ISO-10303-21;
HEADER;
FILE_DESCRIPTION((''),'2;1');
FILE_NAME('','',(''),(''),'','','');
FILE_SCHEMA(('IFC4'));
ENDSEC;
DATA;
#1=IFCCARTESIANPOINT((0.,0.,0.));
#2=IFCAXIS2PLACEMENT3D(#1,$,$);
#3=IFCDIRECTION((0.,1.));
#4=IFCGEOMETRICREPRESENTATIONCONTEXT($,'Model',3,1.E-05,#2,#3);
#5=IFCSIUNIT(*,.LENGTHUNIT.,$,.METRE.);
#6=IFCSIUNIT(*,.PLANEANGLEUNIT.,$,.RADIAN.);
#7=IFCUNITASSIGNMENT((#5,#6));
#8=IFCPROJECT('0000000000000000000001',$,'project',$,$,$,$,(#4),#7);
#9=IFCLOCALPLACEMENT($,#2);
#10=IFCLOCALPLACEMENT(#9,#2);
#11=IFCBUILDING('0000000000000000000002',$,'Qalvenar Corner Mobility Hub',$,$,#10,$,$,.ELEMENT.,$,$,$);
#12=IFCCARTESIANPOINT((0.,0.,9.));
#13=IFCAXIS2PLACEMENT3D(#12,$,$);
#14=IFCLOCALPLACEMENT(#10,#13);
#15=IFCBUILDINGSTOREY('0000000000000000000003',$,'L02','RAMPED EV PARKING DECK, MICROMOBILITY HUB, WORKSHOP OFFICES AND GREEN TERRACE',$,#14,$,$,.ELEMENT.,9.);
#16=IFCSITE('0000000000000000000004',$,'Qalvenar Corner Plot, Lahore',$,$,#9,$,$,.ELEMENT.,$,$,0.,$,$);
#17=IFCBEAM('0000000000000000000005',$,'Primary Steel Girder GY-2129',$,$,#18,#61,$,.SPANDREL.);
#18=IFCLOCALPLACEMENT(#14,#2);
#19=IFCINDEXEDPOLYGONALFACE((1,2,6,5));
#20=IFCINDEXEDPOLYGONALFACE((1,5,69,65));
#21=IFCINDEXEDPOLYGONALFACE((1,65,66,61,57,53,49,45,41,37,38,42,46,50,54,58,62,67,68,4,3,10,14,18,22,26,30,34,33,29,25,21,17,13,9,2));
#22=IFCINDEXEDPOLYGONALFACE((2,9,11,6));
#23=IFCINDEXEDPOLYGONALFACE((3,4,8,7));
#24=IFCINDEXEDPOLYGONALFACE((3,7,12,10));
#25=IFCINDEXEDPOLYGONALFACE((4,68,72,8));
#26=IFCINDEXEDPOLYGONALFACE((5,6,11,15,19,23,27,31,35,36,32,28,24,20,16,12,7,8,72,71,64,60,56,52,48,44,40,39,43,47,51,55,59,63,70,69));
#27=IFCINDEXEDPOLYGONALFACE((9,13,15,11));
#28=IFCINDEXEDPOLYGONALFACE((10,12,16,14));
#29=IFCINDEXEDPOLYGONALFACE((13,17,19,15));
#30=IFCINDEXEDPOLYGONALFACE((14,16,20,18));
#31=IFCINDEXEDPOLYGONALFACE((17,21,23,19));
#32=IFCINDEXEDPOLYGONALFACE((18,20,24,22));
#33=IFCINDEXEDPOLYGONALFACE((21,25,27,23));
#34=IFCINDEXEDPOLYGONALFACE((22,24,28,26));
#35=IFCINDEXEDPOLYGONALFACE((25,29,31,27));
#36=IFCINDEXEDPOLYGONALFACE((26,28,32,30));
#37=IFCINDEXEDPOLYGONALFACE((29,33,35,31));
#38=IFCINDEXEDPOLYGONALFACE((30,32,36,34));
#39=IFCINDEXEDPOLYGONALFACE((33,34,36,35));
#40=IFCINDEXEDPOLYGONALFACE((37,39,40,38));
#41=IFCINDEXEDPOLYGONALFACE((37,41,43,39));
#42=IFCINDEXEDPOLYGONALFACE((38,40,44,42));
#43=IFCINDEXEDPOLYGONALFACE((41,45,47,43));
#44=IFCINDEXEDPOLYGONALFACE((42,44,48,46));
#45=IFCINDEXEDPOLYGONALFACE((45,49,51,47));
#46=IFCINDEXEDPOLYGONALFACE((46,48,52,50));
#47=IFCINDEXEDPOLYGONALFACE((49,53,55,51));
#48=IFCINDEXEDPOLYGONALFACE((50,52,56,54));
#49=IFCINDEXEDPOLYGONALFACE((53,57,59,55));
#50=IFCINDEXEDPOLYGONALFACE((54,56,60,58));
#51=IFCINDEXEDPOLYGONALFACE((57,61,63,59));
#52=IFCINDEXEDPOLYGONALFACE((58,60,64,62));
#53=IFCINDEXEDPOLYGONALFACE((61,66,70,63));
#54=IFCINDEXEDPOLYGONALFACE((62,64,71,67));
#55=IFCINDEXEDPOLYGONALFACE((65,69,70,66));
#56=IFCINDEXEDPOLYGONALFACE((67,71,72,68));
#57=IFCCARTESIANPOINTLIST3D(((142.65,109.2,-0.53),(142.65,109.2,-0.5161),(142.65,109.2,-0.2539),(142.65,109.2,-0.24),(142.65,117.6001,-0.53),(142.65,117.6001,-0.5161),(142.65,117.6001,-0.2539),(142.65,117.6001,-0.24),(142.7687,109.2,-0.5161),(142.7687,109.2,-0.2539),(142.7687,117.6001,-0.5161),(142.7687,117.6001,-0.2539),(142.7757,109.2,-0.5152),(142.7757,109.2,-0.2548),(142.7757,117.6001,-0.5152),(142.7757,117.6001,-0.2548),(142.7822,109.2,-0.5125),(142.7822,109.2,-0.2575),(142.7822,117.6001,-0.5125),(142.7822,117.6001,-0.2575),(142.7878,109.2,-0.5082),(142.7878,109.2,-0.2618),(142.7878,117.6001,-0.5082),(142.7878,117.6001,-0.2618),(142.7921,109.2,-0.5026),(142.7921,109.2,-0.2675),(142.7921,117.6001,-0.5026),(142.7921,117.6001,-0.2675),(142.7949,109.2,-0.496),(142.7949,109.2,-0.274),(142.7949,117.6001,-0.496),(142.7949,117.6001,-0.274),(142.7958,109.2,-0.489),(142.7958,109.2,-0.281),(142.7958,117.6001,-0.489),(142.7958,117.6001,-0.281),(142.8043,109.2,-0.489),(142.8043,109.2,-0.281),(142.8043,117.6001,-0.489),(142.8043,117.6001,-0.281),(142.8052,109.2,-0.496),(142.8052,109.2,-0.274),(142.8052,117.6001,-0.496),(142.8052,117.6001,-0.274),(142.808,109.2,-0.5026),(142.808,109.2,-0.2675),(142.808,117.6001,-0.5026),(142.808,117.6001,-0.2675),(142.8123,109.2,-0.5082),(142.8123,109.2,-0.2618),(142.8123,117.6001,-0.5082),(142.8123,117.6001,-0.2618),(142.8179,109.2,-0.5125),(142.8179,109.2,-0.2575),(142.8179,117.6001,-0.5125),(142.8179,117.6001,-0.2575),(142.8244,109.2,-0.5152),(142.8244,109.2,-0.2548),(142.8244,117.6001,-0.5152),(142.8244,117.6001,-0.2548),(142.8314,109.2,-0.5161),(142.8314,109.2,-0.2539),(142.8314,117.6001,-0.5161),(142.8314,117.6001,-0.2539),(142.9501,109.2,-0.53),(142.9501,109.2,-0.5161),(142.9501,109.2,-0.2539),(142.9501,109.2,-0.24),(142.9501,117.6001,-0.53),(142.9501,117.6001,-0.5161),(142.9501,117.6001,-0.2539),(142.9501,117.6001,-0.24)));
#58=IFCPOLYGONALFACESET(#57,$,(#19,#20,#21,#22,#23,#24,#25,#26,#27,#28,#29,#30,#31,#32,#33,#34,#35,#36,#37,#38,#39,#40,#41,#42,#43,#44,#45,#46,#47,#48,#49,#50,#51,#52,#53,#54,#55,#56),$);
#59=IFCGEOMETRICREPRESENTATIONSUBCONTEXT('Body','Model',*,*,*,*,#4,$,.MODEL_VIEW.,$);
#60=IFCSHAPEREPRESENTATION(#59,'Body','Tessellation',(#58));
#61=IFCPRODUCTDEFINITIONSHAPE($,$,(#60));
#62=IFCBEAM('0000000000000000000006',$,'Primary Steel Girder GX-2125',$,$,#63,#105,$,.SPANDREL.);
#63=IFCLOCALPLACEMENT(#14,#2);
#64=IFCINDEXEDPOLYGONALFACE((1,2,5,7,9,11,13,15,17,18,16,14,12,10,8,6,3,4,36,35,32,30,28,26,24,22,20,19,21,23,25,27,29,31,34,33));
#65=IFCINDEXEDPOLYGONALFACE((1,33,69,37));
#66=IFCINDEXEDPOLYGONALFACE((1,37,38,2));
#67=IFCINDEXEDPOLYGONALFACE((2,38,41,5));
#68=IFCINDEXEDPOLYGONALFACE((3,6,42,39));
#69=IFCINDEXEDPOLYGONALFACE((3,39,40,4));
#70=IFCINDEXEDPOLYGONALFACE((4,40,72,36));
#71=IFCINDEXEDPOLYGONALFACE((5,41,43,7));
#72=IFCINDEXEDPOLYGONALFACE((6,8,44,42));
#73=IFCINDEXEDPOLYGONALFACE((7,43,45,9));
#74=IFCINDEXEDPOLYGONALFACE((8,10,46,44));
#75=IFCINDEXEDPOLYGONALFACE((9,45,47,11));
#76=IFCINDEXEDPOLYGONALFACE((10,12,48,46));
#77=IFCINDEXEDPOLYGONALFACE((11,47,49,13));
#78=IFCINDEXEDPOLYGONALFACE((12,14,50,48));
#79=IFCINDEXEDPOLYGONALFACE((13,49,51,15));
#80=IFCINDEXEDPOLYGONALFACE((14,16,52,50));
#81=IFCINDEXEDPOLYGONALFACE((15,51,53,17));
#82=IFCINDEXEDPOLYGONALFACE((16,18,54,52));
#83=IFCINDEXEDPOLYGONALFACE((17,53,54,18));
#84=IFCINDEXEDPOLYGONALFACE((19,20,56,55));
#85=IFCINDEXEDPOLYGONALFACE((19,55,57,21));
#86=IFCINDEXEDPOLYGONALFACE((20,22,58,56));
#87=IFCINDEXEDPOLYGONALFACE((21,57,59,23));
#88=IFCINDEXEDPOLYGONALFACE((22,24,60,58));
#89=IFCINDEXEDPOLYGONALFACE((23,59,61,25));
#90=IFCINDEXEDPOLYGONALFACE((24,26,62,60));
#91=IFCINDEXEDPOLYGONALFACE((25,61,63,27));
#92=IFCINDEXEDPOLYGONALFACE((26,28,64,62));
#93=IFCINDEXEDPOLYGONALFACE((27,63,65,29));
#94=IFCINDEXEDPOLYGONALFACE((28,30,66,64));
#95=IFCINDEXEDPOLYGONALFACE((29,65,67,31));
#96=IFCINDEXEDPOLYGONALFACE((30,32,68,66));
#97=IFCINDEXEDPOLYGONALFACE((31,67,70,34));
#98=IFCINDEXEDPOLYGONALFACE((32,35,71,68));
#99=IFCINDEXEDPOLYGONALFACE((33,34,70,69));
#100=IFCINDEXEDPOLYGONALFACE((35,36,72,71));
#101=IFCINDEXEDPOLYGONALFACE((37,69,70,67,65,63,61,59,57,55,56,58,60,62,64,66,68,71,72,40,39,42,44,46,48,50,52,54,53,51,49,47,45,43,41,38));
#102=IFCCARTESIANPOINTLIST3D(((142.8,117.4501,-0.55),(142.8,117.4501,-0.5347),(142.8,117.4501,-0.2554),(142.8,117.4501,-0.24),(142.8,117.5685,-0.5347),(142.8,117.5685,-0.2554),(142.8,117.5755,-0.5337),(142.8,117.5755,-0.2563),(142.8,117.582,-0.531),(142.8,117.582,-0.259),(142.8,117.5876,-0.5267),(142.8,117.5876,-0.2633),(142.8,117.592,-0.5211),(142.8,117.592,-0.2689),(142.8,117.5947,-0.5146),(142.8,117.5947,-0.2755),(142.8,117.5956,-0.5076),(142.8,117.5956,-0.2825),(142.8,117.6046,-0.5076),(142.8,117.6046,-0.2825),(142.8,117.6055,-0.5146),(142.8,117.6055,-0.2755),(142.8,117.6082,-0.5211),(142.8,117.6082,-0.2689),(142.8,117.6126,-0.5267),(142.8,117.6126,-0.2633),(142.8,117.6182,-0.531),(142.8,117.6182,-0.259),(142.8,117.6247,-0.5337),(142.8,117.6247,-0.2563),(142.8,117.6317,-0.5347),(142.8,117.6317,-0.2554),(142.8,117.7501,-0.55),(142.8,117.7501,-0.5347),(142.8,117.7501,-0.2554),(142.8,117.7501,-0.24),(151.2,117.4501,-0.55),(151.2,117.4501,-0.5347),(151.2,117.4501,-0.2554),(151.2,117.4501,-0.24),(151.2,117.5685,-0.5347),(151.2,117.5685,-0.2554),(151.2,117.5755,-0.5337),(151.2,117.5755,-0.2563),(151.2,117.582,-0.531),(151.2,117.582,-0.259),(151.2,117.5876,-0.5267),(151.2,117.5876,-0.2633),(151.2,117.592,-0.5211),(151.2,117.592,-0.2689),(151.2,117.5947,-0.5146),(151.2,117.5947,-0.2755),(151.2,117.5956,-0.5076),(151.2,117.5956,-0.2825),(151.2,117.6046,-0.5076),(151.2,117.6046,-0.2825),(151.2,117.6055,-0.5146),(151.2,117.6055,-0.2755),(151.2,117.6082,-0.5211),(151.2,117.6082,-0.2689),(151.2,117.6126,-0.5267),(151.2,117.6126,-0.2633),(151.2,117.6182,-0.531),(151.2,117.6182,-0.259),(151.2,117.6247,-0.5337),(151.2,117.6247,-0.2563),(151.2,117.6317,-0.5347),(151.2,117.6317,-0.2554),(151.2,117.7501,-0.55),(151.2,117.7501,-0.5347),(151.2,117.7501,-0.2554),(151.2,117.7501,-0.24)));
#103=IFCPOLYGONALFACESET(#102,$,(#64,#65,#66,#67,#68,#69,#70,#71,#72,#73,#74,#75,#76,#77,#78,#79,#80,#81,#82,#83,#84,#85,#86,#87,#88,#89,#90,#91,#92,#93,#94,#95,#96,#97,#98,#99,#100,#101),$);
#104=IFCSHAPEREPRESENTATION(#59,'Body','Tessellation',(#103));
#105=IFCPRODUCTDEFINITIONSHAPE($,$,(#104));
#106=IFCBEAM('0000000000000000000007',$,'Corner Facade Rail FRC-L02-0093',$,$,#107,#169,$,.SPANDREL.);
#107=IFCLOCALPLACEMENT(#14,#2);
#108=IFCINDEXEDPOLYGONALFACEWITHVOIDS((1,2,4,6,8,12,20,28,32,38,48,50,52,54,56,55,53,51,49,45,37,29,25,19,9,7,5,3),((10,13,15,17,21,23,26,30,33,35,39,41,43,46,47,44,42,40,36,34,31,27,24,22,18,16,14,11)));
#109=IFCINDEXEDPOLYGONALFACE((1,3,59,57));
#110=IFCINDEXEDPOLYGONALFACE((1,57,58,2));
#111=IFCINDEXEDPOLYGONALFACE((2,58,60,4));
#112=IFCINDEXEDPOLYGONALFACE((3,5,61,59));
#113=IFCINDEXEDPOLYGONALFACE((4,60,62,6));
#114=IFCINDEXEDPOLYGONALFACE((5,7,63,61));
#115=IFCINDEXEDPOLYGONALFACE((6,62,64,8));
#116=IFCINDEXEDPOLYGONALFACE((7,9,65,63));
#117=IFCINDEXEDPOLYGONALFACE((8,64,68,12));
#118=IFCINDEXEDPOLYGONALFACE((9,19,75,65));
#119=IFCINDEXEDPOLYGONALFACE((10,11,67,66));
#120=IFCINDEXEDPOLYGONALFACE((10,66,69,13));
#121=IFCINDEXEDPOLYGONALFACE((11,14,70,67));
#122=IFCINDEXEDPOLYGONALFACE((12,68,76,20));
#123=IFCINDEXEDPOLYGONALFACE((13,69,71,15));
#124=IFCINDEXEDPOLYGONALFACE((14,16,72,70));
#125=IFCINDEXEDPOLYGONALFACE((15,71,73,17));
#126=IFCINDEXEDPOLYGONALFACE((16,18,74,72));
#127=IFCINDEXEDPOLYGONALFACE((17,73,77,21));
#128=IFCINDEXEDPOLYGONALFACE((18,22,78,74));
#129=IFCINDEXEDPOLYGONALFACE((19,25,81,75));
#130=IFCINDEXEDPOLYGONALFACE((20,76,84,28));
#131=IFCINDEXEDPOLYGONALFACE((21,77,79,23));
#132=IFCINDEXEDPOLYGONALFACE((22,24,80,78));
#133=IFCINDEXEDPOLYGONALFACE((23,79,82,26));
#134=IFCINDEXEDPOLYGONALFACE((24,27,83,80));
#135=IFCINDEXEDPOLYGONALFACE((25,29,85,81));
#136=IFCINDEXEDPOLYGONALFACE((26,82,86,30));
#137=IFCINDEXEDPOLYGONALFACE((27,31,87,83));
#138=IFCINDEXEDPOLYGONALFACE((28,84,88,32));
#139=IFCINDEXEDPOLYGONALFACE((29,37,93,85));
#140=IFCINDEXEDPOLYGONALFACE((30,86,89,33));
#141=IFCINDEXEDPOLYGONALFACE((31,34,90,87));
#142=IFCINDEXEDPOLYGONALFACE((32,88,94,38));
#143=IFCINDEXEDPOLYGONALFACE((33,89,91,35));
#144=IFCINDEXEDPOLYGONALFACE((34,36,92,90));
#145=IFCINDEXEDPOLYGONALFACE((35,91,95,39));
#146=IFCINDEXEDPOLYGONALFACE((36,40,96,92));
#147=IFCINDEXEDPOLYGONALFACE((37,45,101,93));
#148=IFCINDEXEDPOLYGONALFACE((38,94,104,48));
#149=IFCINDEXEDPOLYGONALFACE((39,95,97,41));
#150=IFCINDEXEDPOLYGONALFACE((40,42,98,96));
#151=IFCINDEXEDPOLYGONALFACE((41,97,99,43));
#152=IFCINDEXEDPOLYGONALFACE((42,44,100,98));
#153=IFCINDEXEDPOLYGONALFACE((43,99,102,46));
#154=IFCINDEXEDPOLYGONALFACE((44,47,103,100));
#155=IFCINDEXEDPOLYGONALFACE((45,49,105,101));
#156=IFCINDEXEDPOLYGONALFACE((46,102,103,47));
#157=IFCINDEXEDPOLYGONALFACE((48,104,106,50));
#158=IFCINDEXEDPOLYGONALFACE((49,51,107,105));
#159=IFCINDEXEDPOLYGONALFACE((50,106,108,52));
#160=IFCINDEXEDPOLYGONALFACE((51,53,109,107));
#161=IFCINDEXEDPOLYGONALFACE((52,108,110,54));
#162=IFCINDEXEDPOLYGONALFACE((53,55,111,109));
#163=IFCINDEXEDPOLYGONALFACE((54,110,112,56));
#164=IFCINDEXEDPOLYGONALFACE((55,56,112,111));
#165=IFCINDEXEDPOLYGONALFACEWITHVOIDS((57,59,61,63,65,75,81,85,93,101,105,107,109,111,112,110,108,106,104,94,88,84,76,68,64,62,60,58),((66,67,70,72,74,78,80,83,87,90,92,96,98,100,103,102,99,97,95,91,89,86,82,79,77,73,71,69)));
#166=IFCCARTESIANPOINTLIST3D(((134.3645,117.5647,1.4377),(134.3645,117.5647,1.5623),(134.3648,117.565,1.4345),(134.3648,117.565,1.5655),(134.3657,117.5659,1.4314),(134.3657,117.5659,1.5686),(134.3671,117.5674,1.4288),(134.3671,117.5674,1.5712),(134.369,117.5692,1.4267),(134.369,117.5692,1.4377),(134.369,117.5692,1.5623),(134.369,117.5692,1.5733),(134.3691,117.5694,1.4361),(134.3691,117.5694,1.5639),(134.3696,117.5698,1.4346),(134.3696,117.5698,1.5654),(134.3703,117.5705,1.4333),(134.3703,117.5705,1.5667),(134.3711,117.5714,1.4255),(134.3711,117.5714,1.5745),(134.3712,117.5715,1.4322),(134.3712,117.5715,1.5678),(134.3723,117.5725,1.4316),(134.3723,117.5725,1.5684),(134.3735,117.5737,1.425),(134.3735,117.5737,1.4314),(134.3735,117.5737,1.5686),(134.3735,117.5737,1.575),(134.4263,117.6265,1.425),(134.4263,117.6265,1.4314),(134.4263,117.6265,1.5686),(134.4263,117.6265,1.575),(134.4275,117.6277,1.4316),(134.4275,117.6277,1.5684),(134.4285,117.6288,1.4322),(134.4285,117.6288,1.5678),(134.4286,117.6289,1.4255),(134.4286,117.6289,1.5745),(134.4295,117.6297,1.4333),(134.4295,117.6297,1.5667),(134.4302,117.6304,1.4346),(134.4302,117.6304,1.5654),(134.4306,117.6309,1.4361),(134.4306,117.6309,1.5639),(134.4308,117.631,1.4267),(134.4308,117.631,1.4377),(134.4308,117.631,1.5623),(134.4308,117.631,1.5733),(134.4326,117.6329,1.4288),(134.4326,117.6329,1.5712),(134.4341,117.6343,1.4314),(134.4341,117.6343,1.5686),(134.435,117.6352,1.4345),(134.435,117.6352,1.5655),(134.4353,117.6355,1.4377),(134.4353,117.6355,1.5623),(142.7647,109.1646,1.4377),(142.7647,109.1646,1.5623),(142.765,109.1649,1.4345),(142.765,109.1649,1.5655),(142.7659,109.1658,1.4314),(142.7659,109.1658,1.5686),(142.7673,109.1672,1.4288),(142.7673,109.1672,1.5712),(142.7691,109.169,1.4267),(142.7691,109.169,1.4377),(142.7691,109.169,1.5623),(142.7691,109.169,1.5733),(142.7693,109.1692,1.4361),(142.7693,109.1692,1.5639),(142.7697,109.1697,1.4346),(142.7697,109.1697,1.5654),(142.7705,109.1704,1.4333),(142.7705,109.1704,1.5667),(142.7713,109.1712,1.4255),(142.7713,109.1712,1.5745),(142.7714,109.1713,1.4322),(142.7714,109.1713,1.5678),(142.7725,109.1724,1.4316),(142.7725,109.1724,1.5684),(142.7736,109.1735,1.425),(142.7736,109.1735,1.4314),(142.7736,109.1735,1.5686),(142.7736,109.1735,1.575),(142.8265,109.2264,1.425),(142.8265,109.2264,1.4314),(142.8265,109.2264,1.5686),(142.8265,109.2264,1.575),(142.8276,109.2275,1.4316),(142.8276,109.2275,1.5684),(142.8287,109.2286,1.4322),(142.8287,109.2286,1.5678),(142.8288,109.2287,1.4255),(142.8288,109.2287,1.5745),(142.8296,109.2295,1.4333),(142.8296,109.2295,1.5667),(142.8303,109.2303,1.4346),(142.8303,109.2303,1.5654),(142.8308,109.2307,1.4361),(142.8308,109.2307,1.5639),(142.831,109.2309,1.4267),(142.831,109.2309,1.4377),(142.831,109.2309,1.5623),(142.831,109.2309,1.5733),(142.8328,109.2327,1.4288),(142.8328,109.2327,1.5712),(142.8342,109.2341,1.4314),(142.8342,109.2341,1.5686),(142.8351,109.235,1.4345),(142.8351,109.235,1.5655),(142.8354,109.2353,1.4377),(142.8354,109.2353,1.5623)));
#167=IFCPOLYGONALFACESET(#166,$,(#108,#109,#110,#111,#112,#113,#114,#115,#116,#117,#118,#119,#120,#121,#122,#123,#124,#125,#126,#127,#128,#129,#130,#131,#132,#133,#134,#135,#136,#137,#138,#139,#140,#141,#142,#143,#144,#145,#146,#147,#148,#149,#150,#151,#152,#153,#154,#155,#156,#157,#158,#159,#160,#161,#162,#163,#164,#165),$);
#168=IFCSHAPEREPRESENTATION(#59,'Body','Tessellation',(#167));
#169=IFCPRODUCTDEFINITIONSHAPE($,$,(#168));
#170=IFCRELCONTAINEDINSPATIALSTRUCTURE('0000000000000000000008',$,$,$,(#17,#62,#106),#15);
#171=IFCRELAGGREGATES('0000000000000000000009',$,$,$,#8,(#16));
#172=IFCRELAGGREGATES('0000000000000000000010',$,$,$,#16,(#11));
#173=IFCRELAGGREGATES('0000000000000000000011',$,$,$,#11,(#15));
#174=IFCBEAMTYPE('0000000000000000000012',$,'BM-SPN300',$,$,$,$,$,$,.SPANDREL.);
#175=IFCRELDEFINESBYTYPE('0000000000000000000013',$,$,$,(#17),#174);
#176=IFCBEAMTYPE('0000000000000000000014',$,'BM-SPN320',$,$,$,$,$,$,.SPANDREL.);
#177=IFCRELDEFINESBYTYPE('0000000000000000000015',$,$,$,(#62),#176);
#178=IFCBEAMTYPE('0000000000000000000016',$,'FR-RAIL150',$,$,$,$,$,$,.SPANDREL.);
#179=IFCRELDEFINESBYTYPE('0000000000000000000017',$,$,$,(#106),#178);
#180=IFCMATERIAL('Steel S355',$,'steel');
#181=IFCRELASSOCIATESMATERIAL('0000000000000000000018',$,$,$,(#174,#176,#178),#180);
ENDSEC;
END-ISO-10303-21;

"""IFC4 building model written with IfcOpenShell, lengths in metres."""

from ifc_helpers import new_model, si_unit, direction, frame, origin, origin_2d, place, context, subcontext, project, spatial, hollow_rectangle, i_section, extrude, material, material_profile, profile_set, type_object, element, save


model = new_model("IFC4")

# Units and contexts
model_context = context("Model", 3, precision=1e-05, world=origin(), true_north=direction((0.0, 1.0)))
body_context = subcontext(model_context, "Body", "Model", "MODEL_VIEW")
ifc_project = project(units=[si_unit("LENGTHUNIT", "METRE"), si_unit("PLANEANGLEUNIT", "RADIAN")], contexts=[model_context])

# Site, building, storey
site_placement = place(None, origin())
site = spatial("IfcSite", under=ifc_project, at=site_placement, Name="Qalvenar Corner Plot, Lahore", CompositionType="ELEMENT", RefElevation=0.0)
building_placement = place(site_placement, origin())
building = spatial("IfcBuilding", under=site, at=building_placement, Name="Qalvenar Corner Mobility Hub", CompositionType="ELEMENT")
storey_placement = place(building_placement, frame((0.0, 0.0, 9.0)))
storey = spatial("IfcBuildingStorey", under=building, at=storey_placement, Name="L02", Description="RAMPED EV PARKING DECK, MICROMOBILITY HUB, WORKSHOP OFFICES AND GREEN TERRACE", CompositionType="ELEMENT", Elevation=9.0)

# Shared definitions
ifc_material_1 = material(Name="Steel S355", Category="steel")

# Beams
ifc_material_profile_1 = material_profile(ifc_material_1, i_section(OverallWidth=0.3, OverallDepth=0.29, WebThickness=0.0085, FlangeThickness=0.0139, FilletRadius=0.0271, at=origin_2d()), Name="HEA300")
ifc_profile_set_1 = profile_set([ifc_material_profile_1], Name="Steel S355")
beam_type_1 = type_object("IfcBeamType", Name="BM-SPN300", PredefinedType="SPANDREL", material=ifc_profile_set_1)
beam_1_placement = place(storey_placement, frame((142.8, 109.2, -0.385), z_axis=(0.0, 1.0, 0.0), x_axis=(-1.0, 0.0, 0.0)))
element("IfcBeam", 1, at=beam_1_placement, inside=storey, type_object=beam_type_1, Name="Primary Steel Girder GY-2129", PredefinedType="SPANDREL", context=body_context, shape_type="SweptSolid", body=[
    extrude(i_section(OverallWidth=0.3, OverallDepth=0.29, WebThickness=0.0085, FlangeThickness=0.0139, FilletRadius=0.0271, at=origin_2d()), origin(), (0.0, 0.0, 1.0), 8.4001),
])
ifc_material_profile_2 = material_profile(ifc_material_1, i_section(OverallWidth=0.3, OverallDepth=0.3101, WebThickness=0.009, FlangeThickness=0.0154, FilletRadius=0.0271, at=origin_2d()), Name="HEA320")
ifc_profile_set_2 = profile_set([ifc_material_profile_2], Name="Steel S355")
beam_type_2 = type_object("IfcBeamType", Name="BM-SPN320", PredefinedType="SPANDREL", material=ifc_profile_set_2)
beam_2_placement = place(storey_placement, frame((142.8, 117.6001, -0.395), z_axis=(1.0, 0.0, 0.0), x_axis=(0.0, 1.0, 0.0)))
element("IfcBeam", 2, at=beam_2_placement, inside=storey, type_object=beam_type_2, Name="Primary Steel Girder GX-2125", PredefinedType="SPANDREL", context=body_context, shape_type="SweptSolid", body=[
    extrude(i_section(OverallWidth=0.3, OverallDepth=0.3101, WebThickness=0.009, FlangeThickness=0.0154, FilletRadius=0.0271, at=origin_2d()), origin(), (0.0, 0.0, 1.0), 8.3999),
])
ifc_material_profile_3 = material_profile(ifc_material_1, hollow_rectangle(XDim=0.1001, YDim=0.1499, WallThickness=0.0063, InnerFilletRadius=0.0063, OuterFilletRadius=0.0127, at=origin_2d()), Name="RHS150x100x6.3")
ifc_profile_set_3 = profile_set([ifc_material_profile_3], Name="Steel S355")
beam_type_3 = type_object("IfcBeamType", Name="FR-RAIL150", PredefinedType="SPANDREL", material=ifc_profile_set_3)
for number, where, z_axis, x_axis, name in (
    (3, (142.8, 109.2, 1.5), (-0.707107, 0.707107, 0.0), (-0.707107, -0.707107, 0.0), "Corner Facade Rail FRC-L02-0093"),
):
    element("IfcBeam", number, at=place(storey_placement, frame(where, z_axis=z_axis, x_axis=x_axis)), inside=storey, type_object=beam_type_3, Name=name, PredefinedType="SPANDREL", context=body_context, shape_type="SweptSolid", body=[
        extrude(hollow_rectangle(XDim=0.1001, YDim=0.1499, WallThickness=0.0063, InnerFilletRadius=0.0063, OuterFilletRadius=0.0127, at=origin_2d()), origin(), (0.0, 0.0, 1.0), 11.8796),
    ])

save(model, "model.ifc")
